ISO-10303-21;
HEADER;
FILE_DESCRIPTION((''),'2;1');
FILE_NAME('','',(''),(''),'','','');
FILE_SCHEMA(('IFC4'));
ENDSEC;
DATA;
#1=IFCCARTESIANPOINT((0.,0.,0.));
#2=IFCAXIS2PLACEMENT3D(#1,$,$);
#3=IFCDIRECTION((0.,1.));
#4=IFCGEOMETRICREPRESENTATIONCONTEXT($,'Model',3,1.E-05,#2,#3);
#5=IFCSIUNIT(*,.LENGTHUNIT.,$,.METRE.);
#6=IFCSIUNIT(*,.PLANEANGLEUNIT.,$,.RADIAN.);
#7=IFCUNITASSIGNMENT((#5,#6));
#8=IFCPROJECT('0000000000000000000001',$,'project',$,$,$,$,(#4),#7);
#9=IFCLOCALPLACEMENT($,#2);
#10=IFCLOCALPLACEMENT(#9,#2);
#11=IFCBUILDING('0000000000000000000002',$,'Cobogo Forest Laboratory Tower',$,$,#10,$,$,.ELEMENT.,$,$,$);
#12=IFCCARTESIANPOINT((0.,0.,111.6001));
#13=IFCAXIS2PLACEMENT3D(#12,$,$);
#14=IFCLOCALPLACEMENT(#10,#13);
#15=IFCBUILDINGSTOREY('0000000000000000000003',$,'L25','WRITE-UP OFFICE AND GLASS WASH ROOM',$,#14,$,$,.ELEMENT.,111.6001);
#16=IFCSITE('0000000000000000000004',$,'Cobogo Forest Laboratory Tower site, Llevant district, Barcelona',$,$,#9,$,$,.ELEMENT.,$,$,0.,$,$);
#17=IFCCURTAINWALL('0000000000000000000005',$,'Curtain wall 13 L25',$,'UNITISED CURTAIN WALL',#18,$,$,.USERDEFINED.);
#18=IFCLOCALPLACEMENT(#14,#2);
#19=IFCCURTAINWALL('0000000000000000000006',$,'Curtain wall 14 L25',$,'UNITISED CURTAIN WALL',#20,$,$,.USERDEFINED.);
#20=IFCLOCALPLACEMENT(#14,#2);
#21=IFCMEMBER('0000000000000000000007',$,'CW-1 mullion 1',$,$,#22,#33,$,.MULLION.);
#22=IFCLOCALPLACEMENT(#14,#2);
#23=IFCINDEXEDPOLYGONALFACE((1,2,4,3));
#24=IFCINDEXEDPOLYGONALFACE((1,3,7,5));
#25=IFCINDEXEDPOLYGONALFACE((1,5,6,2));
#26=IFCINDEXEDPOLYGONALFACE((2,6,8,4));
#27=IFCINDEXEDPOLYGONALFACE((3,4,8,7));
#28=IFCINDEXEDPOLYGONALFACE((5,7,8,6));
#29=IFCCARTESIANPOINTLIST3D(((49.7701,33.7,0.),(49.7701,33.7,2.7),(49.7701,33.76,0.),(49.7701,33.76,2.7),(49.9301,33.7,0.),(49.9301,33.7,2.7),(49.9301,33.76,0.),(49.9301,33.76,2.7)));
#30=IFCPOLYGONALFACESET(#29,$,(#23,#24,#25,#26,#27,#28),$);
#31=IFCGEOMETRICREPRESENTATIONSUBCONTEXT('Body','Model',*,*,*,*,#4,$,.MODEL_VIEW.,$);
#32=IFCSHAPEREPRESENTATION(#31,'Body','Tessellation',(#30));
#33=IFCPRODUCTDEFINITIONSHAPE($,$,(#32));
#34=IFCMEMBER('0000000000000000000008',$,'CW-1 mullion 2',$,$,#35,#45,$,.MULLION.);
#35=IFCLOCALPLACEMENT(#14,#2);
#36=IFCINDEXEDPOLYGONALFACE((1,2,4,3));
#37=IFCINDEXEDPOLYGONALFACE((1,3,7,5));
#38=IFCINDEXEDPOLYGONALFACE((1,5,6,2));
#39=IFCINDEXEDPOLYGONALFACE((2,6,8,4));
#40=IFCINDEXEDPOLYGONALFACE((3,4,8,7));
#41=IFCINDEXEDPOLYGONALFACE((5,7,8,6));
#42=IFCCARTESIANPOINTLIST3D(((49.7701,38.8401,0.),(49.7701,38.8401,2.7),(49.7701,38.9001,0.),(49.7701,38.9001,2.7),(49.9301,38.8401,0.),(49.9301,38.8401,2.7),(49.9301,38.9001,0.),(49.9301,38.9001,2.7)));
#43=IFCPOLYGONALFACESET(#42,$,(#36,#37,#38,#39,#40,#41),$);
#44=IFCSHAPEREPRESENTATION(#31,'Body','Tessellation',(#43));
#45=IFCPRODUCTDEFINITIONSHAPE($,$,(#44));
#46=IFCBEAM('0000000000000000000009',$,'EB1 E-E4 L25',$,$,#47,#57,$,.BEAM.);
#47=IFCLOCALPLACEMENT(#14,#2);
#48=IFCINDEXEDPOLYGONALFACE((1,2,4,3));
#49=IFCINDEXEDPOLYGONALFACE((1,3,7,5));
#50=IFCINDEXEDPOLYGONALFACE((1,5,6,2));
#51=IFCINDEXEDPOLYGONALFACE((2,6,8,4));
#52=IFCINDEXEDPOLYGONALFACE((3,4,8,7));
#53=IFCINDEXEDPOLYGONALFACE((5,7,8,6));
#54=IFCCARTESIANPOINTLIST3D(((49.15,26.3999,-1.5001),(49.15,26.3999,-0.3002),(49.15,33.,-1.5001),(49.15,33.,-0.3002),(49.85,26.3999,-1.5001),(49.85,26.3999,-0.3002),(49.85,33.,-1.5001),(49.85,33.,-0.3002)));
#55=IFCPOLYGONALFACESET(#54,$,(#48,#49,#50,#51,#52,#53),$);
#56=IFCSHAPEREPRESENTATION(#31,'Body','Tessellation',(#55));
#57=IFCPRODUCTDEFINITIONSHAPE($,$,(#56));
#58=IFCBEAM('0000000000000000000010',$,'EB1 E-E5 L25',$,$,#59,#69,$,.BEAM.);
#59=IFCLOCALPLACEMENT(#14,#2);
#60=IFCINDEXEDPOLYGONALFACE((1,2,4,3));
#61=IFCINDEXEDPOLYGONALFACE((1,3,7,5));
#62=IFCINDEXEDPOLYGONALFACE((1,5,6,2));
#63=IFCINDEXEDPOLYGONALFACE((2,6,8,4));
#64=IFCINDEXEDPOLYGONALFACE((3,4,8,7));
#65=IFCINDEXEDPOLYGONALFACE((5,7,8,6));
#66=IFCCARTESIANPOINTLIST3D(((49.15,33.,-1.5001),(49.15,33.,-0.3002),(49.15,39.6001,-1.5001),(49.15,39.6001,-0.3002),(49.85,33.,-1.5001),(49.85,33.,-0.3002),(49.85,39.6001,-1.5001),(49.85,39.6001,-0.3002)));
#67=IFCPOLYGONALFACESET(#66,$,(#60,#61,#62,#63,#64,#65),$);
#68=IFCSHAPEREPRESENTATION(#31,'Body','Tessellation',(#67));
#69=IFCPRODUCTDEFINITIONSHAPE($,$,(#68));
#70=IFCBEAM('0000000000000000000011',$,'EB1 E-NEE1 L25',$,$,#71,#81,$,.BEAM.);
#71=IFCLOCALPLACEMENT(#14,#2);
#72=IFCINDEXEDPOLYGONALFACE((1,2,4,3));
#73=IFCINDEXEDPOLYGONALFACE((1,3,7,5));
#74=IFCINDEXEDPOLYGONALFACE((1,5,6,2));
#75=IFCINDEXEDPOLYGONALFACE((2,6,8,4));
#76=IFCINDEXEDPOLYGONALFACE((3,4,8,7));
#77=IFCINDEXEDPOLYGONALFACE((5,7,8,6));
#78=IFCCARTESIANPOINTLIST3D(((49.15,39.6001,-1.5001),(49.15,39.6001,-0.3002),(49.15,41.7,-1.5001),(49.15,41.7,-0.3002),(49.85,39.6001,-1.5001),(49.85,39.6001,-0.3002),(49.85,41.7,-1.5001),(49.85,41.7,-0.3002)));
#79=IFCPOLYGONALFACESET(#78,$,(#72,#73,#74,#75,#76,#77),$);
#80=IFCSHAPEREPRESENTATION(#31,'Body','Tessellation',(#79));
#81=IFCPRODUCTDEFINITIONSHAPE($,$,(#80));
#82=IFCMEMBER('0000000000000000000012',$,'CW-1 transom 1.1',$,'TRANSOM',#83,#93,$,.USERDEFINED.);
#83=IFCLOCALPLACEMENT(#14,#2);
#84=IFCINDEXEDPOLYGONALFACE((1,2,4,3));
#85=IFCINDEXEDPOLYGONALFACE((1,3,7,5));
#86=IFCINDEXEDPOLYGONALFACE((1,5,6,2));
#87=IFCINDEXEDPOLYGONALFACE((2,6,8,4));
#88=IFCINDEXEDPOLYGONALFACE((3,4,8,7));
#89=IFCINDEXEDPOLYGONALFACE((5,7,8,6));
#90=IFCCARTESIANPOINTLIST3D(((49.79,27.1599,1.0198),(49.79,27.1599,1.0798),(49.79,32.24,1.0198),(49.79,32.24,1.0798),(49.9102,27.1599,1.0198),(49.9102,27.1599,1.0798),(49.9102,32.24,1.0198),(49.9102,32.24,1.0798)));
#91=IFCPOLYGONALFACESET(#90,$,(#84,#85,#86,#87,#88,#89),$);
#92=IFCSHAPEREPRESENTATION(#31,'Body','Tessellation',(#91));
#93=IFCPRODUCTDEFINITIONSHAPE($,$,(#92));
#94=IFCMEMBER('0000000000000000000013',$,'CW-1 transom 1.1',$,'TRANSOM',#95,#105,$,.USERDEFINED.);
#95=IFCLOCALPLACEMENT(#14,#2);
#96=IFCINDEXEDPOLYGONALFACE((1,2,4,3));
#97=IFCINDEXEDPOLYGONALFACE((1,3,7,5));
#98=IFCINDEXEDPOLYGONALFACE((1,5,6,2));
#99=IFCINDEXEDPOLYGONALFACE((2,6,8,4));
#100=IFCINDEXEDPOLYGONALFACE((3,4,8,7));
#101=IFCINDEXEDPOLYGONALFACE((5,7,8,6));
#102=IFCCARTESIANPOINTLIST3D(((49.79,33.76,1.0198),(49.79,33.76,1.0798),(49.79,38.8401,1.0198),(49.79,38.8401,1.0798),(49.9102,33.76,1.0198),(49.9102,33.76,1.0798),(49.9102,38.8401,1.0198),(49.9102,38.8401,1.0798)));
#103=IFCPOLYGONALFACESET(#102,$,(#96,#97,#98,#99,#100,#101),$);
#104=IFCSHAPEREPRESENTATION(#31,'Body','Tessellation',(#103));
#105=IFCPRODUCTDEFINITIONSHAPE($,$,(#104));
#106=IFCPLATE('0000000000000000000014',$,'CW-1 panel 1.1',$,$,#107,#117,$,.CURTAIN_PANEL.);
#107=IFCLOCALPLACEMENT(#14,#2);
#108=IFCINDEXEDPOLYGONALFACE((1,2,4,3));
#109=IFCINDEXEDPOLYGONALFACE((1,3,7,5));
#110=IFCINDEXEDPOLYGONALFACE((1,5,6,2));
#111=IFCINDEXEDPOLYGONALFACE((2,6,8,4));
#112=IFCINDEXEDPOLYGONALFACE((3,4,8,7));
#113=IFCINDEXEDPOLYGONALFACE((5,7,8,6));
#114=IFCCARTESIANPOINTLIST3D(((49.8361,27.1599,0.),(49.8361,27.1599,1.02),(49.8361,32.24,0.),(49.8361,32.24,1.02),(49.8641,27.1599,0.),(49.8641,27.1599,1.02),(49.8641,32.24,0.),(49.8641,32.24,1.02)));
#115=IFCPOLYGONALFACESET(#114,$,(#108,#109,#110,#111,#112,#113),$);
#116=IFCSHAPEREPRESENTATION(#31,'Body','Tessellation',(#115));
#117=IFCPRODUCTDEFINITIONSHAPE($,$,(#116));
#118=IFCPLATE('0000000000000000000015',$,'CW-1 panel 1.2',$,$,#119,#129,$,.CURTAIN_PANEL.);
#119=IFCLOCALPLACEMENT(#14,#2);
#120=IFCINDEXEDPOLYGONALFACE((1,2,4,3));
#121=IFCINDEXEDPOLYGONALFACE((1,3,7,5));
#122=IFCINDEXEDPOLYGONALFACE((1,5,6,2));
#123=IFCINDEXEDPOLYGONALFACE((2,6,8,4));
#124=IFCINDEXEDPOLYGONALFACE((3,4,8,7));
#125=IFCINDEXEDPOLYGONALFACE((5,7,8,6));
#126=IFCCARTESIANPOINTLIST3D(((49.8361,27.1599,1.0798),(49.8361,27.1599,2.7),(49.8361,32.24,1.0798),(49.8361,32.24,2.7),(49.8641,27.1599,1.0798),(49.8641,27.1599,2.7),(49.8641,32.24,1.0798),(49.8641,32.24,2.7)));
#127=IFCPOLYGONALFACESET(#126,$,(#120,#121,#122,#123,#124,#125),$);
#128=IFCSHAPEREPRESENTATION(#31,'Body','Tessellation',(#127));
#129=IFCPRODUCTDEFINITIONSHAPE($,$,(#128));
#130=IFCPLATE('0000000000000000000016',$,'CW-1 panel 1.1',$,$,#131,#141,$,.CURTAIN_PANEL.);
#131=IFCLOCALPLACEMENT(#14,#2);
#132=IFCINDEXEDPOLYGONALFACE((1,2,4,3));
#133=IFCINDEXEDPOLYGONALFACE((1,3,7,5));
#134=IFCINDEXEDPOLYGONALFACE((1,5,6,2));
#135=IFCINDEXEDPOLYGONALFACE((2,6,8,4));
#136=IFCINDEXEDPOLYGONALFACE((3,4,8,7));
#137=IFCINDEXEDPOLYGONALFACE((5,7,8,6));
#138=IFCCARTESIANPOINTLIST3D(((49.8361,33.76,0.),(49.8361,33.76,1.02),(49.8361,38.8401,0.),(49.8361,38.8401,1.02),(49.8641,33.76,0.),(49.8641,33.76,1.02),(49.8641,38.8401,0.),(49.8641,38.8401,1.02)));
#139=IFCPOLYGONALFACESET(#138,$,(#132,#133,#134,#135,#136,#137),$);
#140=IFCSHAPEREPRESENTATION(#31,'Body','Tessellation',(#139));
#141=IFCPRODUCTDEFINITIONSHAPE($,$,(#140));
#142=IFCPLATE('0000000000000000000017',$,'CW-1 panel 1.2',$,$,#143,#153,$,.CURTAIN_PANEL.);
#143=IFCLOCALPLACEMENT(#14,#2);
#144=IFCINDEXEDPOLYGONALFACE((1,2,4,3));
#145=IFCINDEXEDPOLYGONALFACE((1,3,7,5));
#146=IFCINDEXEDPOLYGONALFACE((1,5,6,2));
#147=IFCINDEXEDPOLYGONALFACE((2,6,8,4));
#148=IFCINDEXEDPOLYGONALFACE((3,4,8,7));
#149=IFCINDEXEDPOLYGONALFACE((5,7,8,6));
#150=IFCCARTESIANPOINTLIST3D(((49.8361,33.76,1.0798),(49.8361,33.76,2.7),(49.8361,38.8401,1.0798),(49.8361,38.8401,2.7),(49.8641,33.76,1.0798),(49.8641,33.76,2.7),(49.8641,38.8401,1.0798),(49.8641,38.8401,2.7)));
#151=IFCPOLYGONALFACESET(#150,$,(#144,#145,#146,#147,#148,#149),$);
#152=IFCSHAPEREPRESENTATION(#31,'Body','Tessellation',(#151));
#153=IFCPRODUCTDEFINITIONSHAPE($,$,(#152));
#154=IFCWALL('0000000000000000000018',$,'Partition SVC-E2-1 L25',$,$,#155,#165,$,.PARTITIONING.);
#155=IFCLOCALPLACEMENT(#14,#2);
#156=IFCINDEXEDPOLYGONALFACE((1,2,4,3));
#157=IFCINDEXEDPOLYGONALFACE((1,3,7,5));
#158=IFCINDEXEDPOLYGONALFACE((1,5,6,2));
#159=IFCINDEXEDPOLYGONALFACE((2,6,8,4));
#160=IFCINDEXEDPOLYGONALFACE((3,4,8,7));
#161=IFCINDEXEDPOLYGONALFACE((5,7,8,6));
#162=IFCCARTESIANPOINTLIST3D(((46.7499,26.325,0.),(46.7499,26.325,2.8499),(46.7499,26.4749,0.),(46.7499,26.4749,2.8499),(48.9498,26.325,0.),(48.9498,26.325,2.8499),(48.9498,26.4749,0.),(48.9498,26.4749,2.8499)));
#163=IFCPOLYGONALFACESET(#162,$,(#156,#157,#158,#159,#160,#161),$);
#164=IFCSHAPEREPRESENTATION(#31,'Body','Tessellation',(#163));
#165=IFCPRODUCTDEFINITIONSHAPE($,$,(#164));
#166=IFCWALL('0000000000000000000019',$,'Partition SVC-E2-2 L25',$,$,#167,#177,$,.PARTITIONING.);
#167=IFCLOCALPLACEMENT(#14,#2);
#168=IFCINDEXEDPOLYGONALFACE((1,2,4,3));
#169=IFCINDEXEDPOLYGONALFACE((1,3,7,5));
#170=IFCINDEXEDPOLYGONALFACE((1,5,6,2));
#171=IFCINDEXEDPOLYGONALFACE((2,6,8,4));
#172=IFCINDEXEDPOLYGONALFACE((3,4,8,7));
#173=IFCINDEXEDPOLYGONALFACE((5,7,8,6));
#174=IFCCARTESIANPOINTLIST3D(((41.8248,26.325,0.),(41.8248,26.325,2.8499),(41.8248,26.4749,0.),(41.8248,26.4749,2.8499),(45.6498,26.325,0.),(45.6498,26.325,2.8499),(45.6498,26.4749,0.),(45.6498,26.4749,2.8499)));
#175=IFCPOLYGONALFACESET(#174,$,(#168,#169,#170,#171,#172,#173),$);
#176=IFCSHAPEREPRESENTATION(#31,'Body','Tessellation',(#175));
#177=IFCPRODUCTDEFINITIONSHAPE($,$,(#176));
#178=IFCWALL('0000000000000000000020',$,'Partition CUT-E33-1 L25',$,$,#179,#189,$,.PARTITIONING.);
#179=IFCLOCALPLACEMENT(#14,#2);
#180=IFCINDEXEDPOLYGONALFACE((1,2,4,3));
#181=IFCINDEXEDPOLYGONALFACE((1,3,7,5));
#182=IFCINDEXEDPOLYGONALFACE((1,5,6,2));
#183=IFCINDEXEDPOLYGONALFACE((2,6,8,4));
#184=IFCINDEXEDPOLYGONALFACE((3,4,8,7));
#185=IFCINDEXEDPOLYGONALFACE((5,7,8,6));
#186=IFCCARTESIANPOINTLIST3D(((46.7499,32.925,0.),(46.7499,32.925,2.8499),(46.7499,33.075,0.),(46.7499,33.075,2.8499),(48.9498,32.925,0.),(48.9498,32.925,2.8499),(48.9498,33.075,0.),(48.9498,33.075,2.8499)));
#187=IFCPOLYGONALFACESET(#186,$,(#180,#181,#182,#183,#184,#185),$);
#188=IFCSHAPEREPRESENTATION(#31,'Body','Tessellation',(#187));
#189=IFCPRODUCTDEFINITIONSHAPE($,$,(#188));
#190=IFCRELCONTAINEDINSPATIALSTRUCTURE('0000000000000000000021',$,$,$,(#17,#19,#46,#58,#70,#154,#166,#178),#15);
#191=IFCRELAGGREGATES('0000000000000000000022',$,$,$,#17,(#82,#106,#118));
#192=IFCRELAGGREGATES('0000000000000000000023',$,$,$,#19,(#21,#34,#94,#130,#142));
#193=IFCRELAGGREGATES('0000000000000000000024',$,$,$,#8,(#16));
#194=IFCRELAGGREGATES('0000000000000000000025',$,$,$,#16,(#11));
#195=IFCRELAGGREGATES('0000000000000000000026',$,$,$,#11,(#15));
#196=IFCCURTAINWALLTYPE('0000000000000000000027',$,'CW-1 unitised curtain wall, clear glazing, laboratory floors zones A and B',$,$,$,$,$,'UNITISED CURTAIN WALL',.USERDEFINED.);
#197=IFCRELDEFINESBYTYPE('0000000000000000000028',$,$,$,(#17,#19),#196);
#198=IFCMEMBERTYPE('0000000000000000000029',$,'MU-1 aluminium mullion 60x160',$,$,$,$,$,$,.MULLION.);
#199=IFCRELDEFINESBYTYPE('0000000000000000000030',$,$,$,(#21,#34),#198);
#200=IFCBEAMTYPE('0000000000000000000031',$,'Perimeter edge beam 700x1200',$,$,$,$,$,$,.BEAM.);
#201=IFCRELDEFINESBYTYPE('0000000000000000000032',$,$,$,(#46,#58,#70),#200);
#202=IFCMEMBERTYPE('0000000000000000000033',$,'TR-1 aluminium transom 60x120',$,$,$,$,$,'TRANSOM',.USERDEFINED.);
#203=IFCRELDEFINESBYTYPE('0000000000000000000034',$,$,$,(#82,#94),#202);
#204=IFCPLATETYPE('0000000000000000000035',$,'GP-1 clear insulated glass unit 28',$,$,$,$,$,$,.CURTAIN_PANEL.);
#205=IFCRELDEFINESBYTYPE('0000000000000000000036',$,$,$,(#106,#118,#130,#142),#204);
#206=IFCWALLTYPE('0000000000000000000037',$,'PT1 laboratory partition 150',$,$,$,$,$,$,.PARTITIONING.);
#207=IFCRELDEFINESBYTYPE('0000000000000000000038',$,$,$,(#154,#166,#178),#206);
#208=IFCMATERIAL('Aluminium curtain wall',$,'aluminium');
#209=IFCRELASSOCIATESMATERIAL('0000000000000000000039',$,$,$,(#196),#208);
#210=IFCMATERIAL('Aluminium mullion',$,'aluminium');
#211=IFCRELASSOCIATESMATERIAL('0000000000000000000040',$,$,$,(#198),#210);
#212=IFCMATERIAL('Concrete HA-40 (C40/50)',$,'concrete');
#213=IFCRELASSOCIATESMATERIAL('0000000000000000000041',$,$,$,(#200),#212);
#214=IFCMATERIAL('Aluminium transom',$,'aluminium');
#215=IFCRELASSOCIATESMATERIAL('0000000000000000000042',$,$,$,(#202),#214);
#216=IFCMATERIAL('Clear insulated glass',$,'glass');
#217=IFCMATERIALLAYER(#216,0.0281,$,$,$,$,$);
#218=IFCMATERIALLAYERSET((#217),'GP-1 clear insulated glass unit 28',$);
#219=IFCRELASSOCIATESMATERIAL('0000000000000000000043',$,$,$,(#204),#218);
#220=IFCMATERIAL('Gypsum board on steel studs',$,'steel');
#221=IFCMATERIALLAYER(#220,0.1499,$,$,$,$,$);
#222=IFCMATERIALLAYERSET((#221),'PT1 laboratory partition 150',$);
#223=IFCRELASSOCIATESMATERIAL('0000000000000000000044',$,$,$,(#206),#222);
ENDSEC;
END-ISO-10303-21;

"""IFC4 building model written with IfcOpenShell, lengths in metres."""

from ifc_helpers import new_model, si_unit, direction, frame, frame_2d, origin, origin_2d, place, context, subcontext, project, spatial, rectangle, extrude, material, layer, layer_set, material_profile, profile_set, type_object, element, aggregate, save


model = new_model("IFC4")

# Units and contexts
model_context = context("Model", 3, precision=1e-05, world=origin(), true_north=direction((0.0, 1.0)))
body_context = subcontext(model_context, "Body", "Model", "MODEL_VIEW")
ifc_project = project(units=[si_unit("LENGTHUNIT", "METRE"), si_unit("PLANEANGLEUNIT", "RADIAN")], contexts=[model_context])

# Site, building, storey
site_placement = place(None, origin())
site = spatial("IfcSite", under=ifc_project, at=site_placement, Name="Cobogo Forest Laboratory Tower site, Llevant district, Barcelona", CompositionType="ELEMENT", RefElevation=0.0)
building_placement = place(site_placement, origin())
building = spatial("IfcBuilding", under=site, at=building_placement, Name="Cobogo Forest Laboratory Tower", CompositionType="ELEMENT")
storey_placement = place(building_placement, frame((0.0, 0.0, 111.6001)))
storey = spatial("IfcBuildingStorey", under=building, at=storey_placement, Name="L25", Description="WRITE-UP OFFICE AND GLASS WASH ROOM", CompositionType="ELEMENT", Elevation=111.6001)

# Shared definitions
ifc_material_1 = material(Name="Concrete HA-40 (C40/50)", Category="concrete")

# Curtain walls, members
ifc_material_2 = material(Name="Aluminium curtain wall", Category="aluminium")
curtain_wall_type = type_object("IfcCurtainWallType", Name="CW-1 unitised curtain wall, clear glazing, laboratory floors zones A and B", ElementType="UNITISED CURTAIN WALL", PredefinedType="USERDEFINED", material=ifc_material_2)
curtain_wall_1_placement = place(storey_placement, origin())
curtain_wall_1 = element("IfcCurtainWall", 1, at=curtain_wall_1_placement, inside=storey, type_object=curtain_wall_type, Name="Curtain wall 13 L25", ObjectType="UNITISED CURTAIN WALL", PredefinedType="USERDEFINED")
ifc_material_3 = material(Name="Aluminium mullion", Category="aluminium")
ifc_material_profile_1 = material_profile(ifc_material_3, rectangle(XDim=0.0601, YDim=0.1599, at=origin_2d()), Name="AL 60x160")
ifc_profile_set_1 = profile_set([ifc_material_profile_1], Name="Aluminium mullion")
member_type_1 = type_object("IfcMemberType", Name="MU-1 aluminium mullion 60x160", PredefinedType="MULLION", material=ifc_profile_set_1)
curtain_wall_2_placement = place(storey_placement, origin())
curtain_wall_2 = element("IfcCurtainWall", 2, at=curtain_wall_2_placement, inside=storey, type_object=curtain_wall_type, Name="Curtain wall 14 L25", ObjectType="UNITISED CURTAIN WALL", PredefinedType="USERDEFINED")
member_1_placement = place(storey_placement, frame((49.8501, 33.73, 0.0), z_axis=(0.0, 0.0, 1.0), x_axis=(0.0, 1.0, 0.0)))
member_1 = element("IfcMember", 3, at=member_1_placement, type_object=member_type_1, Name="CW-1 mullion 1", PredefinedType="MULLION", context=body_context, shape_type="SweptSolid", body=[
    extrude(rectangle(XDim=0.0601, YDim=0.1599, at=origin_2d()), origin(), (0.0, 0.0, 1.0), 2.7),
])
member_2_placement = place(storey_placement, frame((49.8501, 38.8701, 0.0), z_axis=(0.0, 0.0, 1.0), x_axis=(0.0, 1.0, 0.0)))
member_2 = element("IfcMember", 4, at=member_2_placement, type_object=member_type_1, Name="CW-1 mullion 2", PredefinedType="MULLION", context=body_context, shape_type="SweptSolid", body=[
    extrude(rectangle(XDim=0.0601, YDim=0.1599, at=origin_2d()), origin(), (0.0, 0.0, 1.0), 2.7),
])

# Beams
ifc_material_profile_2 = material_profile(ifc_material_1, rectangle(XDim=0.7, YDim=1.2, at=origin_2d()), Name="RC 700x1200")
ifc_profile_set_2 = profile_set([ifc_material_profile_2], Name="Concrete HA-40 (C40/50)")
beam_type_1 = type_object("IfcBeamType", Name="Perimeter edge beam 700x1200", PredefinedType="BEAM", material=ifc_profile_set_2)
for number, where, z_axis, x_axis, name in (
    (5, (49.5, 26.3999, -0.9001), (0.0, 1.0, 0.0), (-1.0, 0.0, 0.0), "EB1 E-E4 L25"),
    (6, (49.5, 33.0, -0.9001), (0.0, 1.0, 0.0), (-1.0, 0.0, 0.0), "EB1 E-E5 L25"),
):
    element("IfcBeam", number, at=place(storey_placement, frame(where, z_axis=z_axis, x_axis=x_axis)), inside=storey, type_object=beam_type_1, Name=name, PredefinedType="BEAM", context=body_context, shape_type="SweptSolid", body=[
        extrude(rectangle(XDim=0.7, YDim=1.2, at=origin_2d()), origin(), (0.0, 0.0, 1.0), 6.6001),
    ])
beam_1_placement = place(storey_placement, frame((49.5, 39.6001, -0.9001), z_axis=(0.0, 1.0, 0.0), x_axis=(-1.0, 0.0, 0.0)))
element("IfcBeam", 7, at=beam_1_placement, inside=storey, type_object=beam_type_1, Name="EB1 E-NEE1 L25", PredefinedType="BEAM", context=body_context, shape_type="SweptSolid", body=[
    extrude(rectangle(XDim=0.7, YDim=1.2, at=origin_2d()), origin(), (0.0, 0.0, 1.0), 2.0999),
])

# Members
ifc_material_4 = material(Name="Aluminium transom", Category="aluminium")
ifc_material_profile_3 = material_profile(ifc_material_4, rectangle(XDim=0.1201, YDim=0.0601, at=origin_2d()), Name="AL 60x120")
ifc_profile_set_3 = profile_set([ifc_material_profile_3], Name="Aluminium transom")
member_type_2 = type_object("IfcMemberType", Name="TR-1 aluminium transom 60x120", ElementType="TRANSOM", PredefinedType="USERDEFINED", material=ifc_profile_set_3)
member_3_placement = place(storey_placement, frame((49.8501, 27.1599, 1.0498), z_axis=(0.0, 1.0, 0.0), x_axis=(-1.0, 0.0, 0.0)))
member_3 = element("IfcMember", 8, at=member_3_placement, type_object=member_type_2, Name="CW-1 transom 1.1", ObjectType="TRANSOM", PredefinedType="USERDEFINED", context=body_context, shape_type="SweptSolid", body=[
    extrude(rectangle(XDim=0.1201, YDim=0.0601, at=origin_2d()), origin(), (0.0, 0.0, 1.0), 5.0801),
])
member_4_placement = place(storey_placement, frame((49.8501, 33.76, 1.0498), z_axis=(0.0, 1.0, 0.0), x_axis=(-1.0, 0.0, 0.0)))
member_4 = element("IfcMember", 9, at=member_4_placement, type_object=member_type_2, Name="CW-1 transom 1.1", ObjectType="TRANSOM", PredefinedType="USERDEFINED", context=body_context, shape_type="SweptSolid", body=[
    extrude(rectangle(XDim=0.1201, YDim=0.0601, at=origin_2d()), origin(), (0.0, 0.0, 1.0), 5.0801),
])

# Plates
ifc_material_5 = material(Name="Clear insulated glass", Category="glass")
ifc_layer_1 = layer(ifc_material_5, 0.0281)
ifc_layer_set_1 = layer_set([ifc_layer_1], Name="GP-1 clear insulated glass unit 28")
plate_type_1 = type_object("IfcPlateType", Name="GP-1 clear insulated glass unit 28", PredefinedType="CURTAIN_PANEL", material=ifc_layer_set_1)
plate_1_placement = place(storey_placement, frame((49.8501, 29.7, 0.0), z_axis=(0.0, 0.0, 1.0), x_axis=(0.0, 1.0, 0.0)))
plate_1 = element("IfcPlate", 10, at=plate_1_placement, type_object=plate_type_1, Name="CW-1 panel 1.1", PredefinedType="CURTAIN_PANEL", context=body_context, shape_type="SweptSolid", body=[
    extrude(rectangle(XDim=5.0801, YDim=0.0281, at=origin_2d()), origin(), (0.0, 0.0, 1.0), 1.02),
])
plate_2_placement = place(storey_placement, frame((49.8501, 29.7, 1.0798), z_axis=(0.0, 0.0, 1.0), x_axis=(0.0, 1.0, 0.0)))
plate_2 = element("IfcPlate", 11, at=plate_2_placement, type_object=plate_type_1, Name="CW-1 panel 1.2", PredefinedType="CURTAIN_PANEL", context=body_context, shape_type="SweptSolid", body=[
    extrude(rectangle(XDim=5.0801, YDim=0.0281, at=origin_2d()), origin(), (0.0, 0.0, 1.0), 1.6201),
])
aggregate(curtain_wall_1, [member_3, plate_1, plate_2])
plate_3_placement = place(storey_placement, frame((49.8501, 36.3, 0.0), z_axis=(0.0, 0.0, 1.0), x_axis=(0.0, 1.0, 0.0)))
plate_3 = element("IfcPlate", 12, at=plate_3_placement, type_object=plate_type_1, Name="CW-1 panel 1.1", PredefinedType="CURTAIN_PANEL", context=body_context, shape_type="SweptSolid", body=[
    extrude(rectangle(XDim=5.0801, YDim=0.0281, at=origin_2d()), origin(), (0.0, 0.0, 1.0), 1.02),
])
plate_4_placement = place(storey_placement, frame((49.8501, 36.3, 1.0798), z_axis=(0.0, 0.0, 1.0), x_axis=(0.0, 1.0, 0.0)))
plate_4 = element("IfcPlate", 13, at=plate_4_placement, type_object=plate_type_1, Name="CW-1 panel 1.2", PredefinedType="CURTAIN_PANEL", context=body_context, shape_type="SweptSolid", body=[
    extrude(rectangle(XDim=5.0801, YDim=0.0281, at=origin_2d()), origin(), (0.0, 0.0, 1.0), 1.6201),
])
aggregate(curtain_wall_2, [member_1, member_2, member_4, plate_3, plate_4])

# Walls
ifc_material_6 = material(Name="Gypsum board on steel studs", Category="steel")
ifc_layer_2 = layer(ifc_material_6, 0.1499)
ifc_layer_set_2 = layer_set([ifc_layer_2], Name="PT1 laboratory partition 150")
wall_type = type_object("IfcWallType", Name="PT1 laboratory partition 150", PredefinedType="PARTITIONING", material=ifc_layer_set_2)
wall_1_placement = place(storey_placement, frame((48.95, 26.3999, 0.0), z_axis=(0.0, 0.0, 1.0), x_axis=(-1.0, 0.0, 0.0)))
element("IfcWall", 14, at=wall_1_placement, inside=storey, type_object=wall_type, Name="Partition SVC-E2-1 L25", PredefinedType="PARTITIONING", context=body_context, shape_type="SweptSolid", body=[
    extrude(rectangle(XDim=2.2, YDim=0.1499, at=frame_2d((1.1001, 0.0))), origin(), (0.0, 0.0, 1.0), 2.8499),
])
wall_2_placement = place(storey_placement, frame((45.6499, 26.3999, 0.0), z_axis=(0.0, 0.0, 1.0), x_axis=(-1.0, 0.0, 0.0)))
element("IfcWall", 15, at=wall_2_placement, inside=storey, type_object=wall_type, Name="Partition SVC-E2-2 L25", PredefinedType="PARTITIONING", context=body_context, shape_type="SweptSolid", body=[
    extrude(rectangle(XDim=3.825, YDim=0.1499, at=frame_2d((1.9126, 0.0))), origin(), (0.0, 0.0, 1.0), 2.8499),
])
wall_3_placement = place(storey_placement, frame((48.95, 33.0, 0.0), z_axis=(0.0, 0.0, 1.0), x_axis=(-1.0, 0.0, 0.0)))
element("IfcWall", 16, at=wall_3_placement, inside=storey, type_object=wall_type, Name="Partition CUT-E33-1 L25", PredefinedType="PARTITIONING", context=body_context, shape_type="SweptSolid", body=[
    extrude(rectangle(XDim=2.2, YDim=0.1499, at=frame_2d((1.1001, 0.0))), origin(), (0.0, 0.0, 1.0), 2.8499),
])

save(model, "model.ifc")
